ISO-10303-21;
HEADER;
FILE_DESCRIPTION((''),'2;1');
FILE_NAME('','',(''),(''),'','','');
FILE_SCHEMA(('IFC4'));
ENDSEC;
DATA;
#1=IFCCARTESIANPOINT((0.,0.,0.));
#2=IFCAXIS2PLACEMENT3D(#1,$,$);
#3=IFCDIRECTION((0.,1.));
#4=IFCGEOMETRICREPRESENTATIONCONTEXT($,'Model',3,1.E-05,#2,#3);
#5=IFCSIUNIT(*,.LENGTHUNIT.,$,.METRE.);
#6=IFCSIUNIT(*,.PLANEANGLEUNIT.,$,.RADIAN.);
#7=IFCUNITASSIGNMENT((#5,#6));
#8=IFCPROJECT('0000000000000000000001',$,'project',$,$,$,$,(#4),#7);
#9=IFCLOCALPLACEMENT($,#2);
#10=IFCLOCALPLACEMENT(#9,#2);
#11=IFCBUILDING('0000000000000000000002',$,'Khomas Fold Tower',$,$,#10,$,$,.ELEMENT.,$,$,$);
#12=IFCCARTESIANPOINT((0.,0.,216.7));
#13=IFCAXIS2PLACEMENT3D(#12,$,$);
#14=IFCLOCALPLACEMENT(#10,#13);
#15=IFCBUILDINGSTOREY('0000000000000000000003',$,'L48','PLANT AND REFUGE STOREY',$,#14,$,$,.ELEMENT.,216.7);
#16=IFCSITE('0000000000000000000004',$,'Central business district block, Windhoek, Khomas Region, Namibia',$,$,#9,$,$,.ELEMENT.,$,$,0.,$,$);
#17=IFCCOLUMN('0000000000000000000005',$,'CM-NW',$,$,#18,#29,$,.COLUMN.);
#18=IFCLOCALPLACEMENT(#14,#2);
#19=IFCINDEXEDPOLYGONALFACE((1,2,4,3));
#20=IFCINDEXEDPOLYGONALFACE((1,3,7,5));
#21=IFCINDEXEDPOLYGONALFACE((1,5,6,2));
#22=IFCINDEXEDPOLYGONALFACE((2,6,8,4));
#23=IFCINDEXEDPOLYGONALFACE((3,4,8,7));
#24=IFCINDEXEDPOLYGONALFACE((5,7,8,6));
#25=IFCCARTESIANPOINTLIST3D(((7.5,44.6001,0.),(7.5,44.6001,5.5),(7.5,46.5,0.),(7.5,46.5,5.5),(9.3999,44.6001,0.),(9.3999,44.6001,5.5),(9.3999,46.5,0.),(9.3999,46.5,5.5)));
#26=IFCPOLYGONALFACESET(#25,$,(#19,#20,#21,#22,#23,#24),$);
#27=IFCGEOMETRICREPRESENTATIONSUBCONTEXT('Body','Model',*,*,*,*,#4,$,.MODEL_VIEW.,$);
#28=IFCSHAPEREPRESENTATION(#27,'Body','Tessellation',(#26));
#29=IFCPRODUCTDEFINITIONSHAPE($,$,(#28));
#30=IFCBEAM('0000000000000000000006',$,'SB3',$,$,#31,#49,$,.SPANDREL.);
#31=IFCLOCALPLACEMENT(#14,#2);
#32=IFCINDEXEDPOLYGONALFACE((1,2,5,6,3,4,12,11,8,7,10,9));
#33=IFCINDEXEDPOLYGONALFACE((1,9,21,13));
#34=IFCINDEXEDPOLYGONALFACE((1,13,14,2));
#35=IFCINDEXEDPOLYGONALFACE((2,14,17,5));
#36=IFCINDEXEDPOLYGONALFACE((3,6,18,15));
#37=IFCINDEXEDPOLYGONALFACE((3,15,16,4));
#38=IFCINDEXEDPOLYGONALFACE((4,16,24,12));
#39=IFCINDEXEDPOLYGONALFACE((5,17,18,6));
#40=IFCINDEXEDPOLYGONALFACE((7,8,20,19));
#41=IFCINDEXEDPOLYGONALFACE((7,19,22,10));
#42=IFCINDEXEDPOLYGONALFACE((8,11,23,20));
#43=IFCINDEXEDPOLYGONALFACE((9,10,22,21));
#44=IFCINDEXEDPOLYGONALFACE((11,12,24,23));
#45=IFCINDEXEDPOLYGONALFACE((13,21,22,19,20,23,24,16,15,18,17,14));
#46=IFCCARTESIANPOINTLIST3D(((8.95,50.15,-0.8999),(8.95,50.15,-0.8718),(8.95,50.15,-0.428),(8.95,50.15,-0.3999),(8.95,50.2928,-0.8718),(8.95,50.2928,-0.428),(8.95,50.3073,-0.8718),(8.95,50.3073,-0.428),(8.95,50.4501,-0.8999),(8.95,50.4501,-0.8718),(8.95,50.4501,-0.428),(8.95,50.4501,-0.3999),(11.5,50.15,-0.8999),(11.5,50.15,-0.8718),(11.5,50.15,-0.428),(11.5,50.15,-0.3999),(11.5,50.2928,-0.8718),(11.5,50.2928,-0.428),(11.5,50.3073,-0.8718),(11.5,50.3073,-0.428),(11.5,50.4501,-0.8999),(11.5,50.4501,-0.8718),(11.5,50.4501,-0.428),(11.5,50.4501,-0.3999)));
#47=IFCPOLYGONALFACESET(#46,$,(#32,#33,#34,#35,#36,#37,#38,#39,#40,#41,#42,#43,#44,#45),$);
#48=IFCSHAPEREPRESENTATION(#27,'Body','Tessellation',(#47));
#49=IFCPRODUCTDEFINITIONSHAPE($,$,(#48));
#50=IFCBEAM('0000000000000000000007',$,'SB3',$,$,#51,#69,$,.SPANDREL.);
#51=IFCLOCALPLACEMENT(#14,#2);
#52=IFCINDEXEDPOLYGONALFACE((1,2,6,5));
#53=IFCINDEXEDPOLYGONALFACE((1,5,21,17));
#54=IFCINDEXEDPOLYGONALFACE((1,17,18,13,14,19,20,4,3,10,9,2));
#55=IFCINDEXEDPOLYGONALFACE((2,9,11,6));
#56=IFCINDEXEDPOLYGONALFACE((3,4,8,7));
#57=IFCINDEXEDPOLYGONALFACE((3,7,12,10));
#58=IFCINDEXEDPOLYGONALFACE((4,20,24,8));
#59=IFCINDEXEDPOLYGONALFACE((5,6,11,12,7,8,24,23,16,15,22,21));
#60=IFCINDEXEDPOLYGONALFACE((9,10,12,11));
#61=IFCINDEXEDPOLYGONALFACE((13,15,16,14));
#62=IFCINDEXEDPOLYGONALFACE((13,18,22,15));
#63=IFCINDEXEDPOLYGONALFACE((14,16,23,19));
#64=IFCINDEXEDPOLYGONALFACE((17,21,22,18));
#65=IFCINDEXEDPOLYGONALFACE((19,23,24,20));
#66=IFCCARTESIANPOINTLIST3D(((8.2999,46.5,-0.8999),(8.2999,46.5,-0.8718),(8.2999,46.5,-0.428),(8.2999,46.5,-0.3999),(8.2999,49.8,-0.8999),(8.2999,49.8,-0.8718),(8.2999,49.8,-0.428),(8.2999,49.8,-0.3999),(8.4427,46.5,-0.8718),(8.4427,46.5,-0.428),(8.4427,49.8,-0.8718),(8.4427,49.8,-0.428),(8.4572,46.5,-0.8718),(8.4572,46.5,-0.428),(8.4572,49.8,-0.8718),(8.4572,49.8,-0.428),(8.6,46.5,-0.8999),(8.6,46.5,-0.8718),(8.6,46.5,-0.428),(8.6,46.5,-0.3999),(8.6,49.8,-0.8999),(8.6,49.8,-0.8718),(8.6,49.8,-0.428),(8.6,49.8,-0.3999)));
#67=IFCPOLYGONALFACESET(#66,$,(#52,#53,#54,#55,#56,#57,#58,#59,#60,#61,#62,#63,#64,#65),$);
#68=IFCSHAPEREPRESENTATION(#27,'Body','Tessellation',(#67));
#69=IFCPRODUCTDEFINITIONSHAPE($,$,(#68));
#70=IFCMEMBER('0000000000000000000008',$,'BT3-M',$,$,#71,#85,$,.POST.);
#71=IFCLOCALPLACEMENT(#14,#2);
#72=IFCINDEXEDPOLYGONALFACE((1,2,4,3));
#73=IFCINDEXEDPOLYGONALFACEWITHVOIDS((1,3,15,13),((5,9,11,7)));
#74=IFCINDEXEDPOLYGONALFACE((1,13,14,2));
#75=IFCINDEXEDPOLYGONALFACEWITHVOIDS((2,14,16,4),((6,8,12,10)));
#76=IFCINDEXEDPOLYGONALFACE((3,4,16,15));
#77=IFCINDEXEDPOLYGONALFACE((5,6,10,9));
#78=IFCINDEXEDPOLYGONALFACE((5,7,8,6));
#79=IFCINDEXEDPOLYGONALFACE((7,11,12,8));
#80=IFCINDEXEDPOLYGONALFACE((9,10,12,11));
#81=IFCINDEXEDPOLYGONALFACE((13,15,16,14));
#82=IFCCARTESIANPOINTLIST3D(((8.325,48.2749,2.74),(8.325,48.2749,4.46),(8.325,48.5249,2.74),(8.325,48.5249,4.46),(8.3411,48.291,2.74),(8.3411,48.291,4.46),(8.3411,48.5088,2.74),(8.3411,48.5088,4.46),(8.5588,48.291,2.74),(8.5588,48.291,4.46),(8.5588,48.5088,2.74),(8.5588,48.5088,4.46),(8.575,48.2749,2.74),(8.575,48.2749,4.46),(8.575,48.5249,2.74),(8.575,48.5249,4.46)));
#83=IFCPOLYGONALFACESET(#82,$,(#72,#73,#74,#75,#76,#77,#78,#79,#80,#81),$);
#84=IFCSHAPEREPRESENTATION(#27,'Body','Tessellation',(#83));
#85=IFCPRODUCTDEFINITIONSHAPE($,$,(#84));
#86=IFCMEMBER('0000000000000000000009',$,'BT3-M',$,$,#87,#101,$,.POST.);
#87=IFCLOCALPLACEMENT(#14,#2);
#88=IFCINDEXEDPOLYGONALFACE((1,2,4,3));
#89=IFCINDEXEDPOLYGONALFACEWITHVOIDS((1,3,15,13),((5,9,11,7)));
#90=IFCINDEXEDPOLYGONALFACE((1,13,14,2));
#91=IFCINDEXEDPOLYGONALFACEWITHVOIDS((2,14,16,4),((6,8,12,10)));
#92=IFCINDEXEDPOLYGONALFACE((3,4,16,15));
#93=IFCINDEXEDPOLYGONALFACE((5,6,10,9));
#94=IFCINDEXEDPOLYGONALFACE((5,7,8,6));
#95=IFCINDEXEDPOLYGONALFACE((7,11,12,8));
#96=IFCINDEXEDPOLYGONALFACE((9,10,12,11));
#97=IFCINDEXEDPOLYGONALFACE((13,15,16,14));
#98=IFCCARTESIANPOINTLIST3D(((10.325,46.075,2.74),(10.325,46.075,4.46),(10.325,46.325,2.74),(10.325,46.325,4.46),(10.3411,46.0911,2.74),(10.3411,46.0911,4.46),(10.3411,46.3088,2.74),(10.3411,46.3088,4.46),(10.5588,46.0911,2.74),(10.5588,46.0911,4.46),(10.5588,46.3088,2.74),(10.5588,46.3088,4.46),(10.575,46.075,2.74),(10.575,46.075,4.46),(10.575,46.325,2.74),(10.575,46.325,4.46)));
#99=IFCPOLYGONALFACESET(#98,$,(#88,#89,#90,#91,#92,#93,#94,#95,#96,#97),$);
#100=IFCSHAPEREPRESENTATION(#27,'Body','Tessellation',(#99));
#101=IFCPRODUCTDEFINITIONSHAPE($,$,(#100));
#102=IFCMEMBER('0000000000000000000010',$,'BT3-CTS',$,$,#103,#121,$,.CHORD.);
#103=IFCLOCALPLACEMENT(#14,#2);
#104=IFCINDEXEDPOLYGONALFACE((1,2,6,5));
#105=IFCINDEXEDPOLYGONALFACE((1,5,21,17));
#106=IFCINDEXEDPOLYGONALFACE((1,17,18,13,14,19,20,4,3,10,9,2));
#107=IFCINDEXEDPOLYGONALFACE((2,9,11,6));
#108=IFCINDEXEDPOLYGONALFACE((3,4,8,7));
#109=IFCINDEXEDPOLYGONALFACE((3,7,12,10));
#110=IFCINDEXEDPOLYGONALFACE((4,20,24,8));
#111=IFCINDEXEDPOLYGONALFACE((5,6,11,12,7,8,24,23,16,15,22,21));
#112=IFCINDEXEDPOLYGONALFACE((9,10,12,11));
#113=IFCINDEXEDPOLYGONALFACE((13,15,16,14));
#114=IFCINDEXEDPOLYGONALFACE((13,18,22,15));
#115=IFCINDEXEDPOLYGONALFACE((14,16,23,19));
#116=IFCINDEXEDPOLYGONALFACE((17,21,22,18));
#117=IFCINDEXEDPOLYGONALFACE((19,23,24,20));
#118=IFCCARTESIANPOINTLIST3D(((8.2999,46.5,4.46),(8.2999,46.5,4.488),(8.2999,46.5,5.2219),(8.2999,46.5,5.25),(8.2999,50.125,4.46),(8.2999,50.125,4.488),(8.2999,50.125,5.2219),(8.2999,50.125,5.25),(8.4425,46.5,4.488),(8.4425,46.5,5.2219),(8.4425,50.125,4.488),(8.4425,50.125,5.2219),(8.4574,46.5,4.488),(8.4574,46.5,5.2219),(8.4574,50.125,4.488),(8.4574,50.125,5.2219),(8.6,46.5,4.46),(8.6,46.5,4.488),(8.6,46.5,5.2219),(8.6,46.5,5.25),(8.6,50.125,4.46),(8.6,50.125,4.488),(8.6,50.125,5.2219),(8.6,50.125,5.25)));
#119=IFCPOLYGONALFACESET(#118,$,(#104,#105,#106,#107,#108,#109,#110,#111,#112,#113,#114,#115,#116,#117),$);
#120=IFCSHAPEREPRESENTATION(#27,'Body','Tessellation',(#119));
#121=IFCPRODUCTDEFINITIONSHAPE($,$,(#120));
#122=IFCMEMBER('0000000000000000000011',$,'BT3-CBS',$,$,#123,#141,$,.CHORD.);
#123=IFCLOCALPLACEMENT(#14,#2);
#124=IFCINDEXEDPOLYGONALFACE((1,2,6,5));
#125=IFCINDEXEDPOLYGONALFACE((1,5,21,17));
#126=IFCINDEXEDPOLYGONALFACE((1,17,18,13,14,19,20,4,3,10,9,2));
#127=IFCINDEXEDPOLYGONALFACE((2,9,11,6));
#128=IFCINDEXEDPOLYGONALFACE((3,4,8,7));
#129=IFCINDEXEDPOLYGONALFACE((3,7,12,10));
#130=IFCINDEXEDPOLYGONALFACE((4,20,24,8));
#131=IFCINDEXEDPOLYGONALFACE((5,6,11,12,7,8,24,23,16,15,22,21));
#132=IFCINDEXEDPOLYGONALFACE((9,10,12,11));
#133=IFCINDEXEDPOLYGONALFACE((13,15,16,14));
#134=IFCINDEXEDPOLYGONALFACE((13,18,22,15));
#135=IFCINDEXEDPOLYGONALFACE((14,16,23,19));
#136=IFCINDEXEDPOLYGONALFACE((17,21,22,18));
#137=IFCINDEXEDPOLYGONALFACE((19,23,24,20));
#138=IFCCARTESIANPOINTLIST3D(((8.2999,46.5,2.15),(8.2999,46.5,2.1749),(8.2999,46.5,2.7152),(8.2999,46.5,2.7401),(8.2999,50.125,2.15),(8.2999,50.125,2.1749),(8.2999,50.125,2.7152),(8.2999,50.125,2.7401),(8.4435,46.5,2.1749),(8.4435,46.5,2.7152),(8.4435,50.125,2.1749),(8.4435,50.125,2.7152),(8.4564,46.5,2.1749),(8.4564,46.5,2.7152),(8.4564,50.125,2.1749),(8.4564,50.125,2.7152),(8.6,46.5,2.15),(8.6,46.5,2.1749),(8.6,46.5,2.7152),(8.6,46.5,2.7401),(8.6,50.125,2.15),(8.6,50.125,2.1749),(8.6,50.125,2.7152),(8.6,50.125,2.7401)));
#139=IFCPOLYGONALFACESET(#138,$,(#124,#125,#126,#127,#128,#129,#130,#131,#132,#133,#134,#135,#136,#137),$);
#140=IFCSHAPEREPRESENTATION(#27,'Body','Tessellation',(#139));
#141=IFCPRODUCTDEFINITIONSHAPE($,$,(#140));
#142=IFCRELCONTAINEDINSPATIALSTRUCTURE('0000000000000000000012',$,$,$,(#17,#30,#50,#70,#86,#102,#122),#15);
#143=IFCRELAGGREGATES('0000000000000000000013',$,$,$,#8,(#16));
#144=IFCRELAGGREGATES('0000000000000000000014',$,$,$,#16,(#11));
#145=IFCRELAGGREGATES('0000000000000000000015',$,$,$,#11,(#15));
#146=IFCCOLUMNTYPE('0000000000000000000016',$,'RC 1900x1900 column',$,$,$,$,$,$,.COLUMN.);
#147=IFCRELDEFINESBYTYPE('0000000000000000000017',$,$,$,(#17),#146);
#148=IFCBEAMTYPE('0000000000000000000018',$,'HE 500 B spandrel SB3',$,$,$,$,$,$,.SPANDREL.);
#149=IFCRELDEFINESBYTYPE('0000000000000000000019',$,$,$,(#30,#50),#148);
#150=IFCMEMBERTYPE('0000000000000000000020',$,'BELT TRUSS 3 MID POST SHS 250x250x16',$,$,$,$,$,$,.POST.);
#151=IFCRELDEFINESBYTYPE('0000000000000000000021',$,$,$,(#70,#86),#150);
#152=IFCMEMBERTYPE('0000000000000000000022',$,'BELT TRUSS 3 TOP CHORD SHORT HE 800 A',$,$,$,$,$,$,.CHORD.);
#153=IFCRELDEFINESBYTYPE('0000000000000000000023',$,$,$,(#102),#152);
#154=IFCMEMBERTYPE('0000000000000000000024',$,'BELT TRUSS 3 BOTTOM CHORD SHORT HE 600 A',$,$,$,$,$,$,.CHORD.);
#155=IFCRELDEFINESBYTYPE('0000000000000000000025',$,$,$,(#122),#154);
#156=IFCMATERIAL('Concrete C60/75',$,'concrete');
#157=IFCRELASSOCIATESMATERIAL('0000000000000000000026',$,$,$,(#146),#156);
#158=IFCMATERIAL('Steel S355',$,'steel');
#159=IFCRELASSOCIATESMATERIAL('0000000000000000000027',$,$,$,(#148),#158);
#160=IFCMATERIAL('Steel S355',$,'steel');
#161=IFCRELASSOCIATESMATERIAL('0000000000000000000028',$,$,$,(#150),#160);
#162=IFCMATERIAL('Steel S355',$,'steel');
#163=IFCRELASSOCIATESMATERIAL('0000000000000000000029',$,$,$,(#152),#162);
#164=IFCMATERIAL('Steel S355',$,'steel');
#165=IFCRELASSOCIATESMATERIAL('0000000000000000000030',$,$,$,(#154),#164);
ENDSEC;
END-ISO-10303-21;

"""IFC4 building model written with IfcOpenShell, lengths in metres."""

from ifc_helpers import new_model, si_unit, direction, frame, origin, origin_2d, place, context, subcontext, project, spatial, rectangle, hollow_rectangle, i_section, extrude, source, transform, mapped, material, material_profile, profile_set, type_object, element, save


model = new_model("IFC4")

# Units and contexts
model_context = context("Model", 3, precision=1e-05, world=origin(), true_north=direction((0.0, 1.0)))
body_context = subcontext(model_context, "Body", "Model", "MODEL_VIEW")
ifc_project = project(units=[si_unit("LENGTHUNIT", "METRE"), si_unit("PLANEANGLEUNIT", "RADIAN")], contexts=[model_context])

# Site, building, storey
site_placement = place(None, origin())
site = spatial("IfcSite", under=ifc_project, at=site_placement, Name="Central business district block, Windhoek, Khomas Region, Namibia", CompositionType="ELEMENT", RefElevation=0.0)
building_placement = place(site_placement, origin())
building = spatial("IfcBuilding", under=site, at=building_placement, Name="Khomas Fold Tower", CompositionType="ELEMENT")
storey_placement = place(building_placement, frame((0.0, 0.0, 216.7)))
storey = spatial("IfcBuildingStorey", under=building, at=storey_placement, Name="L48", Description="PLANT AND REFUGE STOREY", CompositionType="ELEMENT", Elevation=216.7)

# Column
ifc_material_1 = material(Name="Concrete C60/75", Category="concrete")
ifc_material_profile_1 = material_profile(ifc_material_1, rectangle(XDim=1.8999, YDim=1.8999, at=origin_2d()), Name="RC 1900x1900")
ifc_profile_set_1 = profile_set([ifc_material_profile_1], Name="Concrete C60/75")
column_type = type_object("IfcColumnType", Name="RC 1900x1900 column", PredefinedType="COLUMN", material=ifc_profile_set_1)
shared_shape_1 = source(origin(), body_context, "Body", "SweptSolid", [
    extrude(rectangle(XDim=1.8999, YDim=1.8999, at=origin_2d()), origin(), (0.0, 0.0, 1.0), 5.5),
])
column_placement = place(storey_placement, frame((8.45, 45.55, 0.0), z_axis=(0.0, 0.0, 1.0), x_axis=(1.0, 0.0, 0.0)))
element("IfcColumn", 1, at=column_placement, inside=storey, type_object=column_type, Name="CM-NW", PredefinedType="COLUMN", context=body_context, shape_type="MappedRepresentation", body=[
    mapped(shared_shape_1, transform((0.0, 0.0, 0.0))),
])

# Beams
ifc_material_2 = material(Name="Steel S355", Category="steel")
ifc_material_profile_2 = material_profile(ifc_material_2, i_section(OverallWidth=0.3, OverallDepth=0.5, WebThickness=0.0144, FlangeThickness=0.0281, at=origin_2d()), Name="HE 500 B")
ifc_profile_set_2 = profile_set([ifc_material_profile_2], Name="Steel S355")
beam_type_1 = type_object("IfcBeamType", Name="HE 500 B spandrel SB3", PredefinedType="SPANDREL", material=ifc_profile_set_2)
shared_shape_2 = source(origin(), body_context, "Body", "SweptSolid", [
    extrude(i_section(OverallWidth=0.3, OverallDepth=0.5, WebThickness=0.0144, FlangeThickness=0.0281, at=origin_2d()), origin(), (0.0, 0.0, 1.0), 2.55),
])
beam_1_placement = place(storey_placement, frame((8.95, 50.3, -0.6499), z_axis=(1.0, 0.0, 0.0), x_axis=(0.0, 1.0, 0.0)))
element("IfcBeam", 2, at=beam_1_placement, inside=storey, type_object=beam_type_1, Name="SB3", PredefinedType="SPANDREL", context=body_context, shape_type="MappedRepresentation", body=[
    mapped(shared_shape_2, transform((0.0, 0.0, 0.0))),
])
shared_shape_3 = source(origin(), body_context, "Body", "SweptSolid", [
    extrude(i_section(OverallWidth=0.3, OverallDepth=0.5, WebThickness=0.0144, FlangeThickness=0.0281, at=origin_2d()), origin(), (0.0, 0.0, 1.0), 3.3),
])
beam_2_placement = place(storey_placement, frame((8.45, 46.5, -0.6499), z_axis=(0.0, 1.0, 0.0), x_axis=(-1.0, 0.0, 0.0)))
element("IfcBeam", 3, at=beam_2_placement, inside=storey, type_object=beam_type_1, Name="SB3", PredefinedType="SPANDREL", context=body_context, shape_type="MappedRepresentation", body=[
    mapped(shared_shape_3, transform((0.0, 0.0, 0.0))),
])

# Members
ifc_material_3 = material(Name="Steel S355", Category="steel")
ifc_material_profile_3 = material_profile(ifc_material_3, hollow_rectangle(XDim=0.25, YDim=0.25, WallThickness=0.0161, at=origin_2d()), Name="SHS 250x250x16")
ifc_profile_set_3 = profile_set([ifc_material_profile_3], Name="Steel S355")
member_type_1 = type_object("IfcMemberType", Name="BELT TRUSS 3 MID POST SHS 250x250x16", PredefinedType="POST", material=ifc_profile_set_3)
shared_shape_4 = source(origin(), body_context, "Body", "SweptSolid", [
    extrude(hollow_rectangle(XDim=0.25, YDim=0.25, WallThickness=0.0161, at=origin_2d()), origin(), (0.0, 0.0, 1.0), 1.72),
])
for number, where, z_axis, x_axis, name in (
    (4, (8.45, 48.3999, 2.74), (0.0, 0.0, 1.0), (1.0, 0.0, 0.0), "BT3-M"),
    (5, (10.45, 46.2, 2.74), (0.0, 0.0, 1.0), (1.0, 0.0, 0.0), "BT3-M"),
):
    element("IfcMember", number, at=place(storey_placement, frame(where, z_axis=z_axis, x_axis=x_axis)), inside=storey, type_object=member_type_1, Name=name, PredefinedType="POST", context=body_context, shape_type="MappedRepresentation", body=[
        mapped(shared_shape_4, transform((0.0, 0.0, 0.0))),
    ])
ifc_material_4 = material(Name="Steel S355", Category="steel")
ifc_material_profile_4 = material_profile(ifc_material_4, i_section(OverallWidth=0.3, OverallDepth=0.79, WebThickness=0.0149, FlangeThickness=0.0281, at=origin_2d()), Name="HE 800 A")
ifc_profile_set_4 = profile_set([ifc_material_profile_4], Name="Steel S355")
member_type_2 = type_object("IfcMemberType", Name="BELT TRUSS 3 TOP CHORD SHORT HE 800 A", PredefinedType="CHORD", material=ifc_profile_set_4)
shared_shape_5 = source(origin(), body_context, "Body", "SweptSolid", [
    extrude(i_section(OverallWidth=0.3, OverallDepth=0.79, WebThickness=0.0149, FlangeThickness=0.0281, at=origin_2d()), origin(), (0.0, 0.0, 1.0), 3.625),
])
member_1_placement = place(storey_placement, frame((8.45, 50.125, 4.855), z_axis=(0.0, -1.0, 0.0), x_axis=(1.0, 0.0, 0.0)))
element("IfcMember", 6, at=member_1_placement, inside=storey, type_object=member_type_2, Name="BT3-CTS", PredefinedType="CHORD", context=body_context, shape_type="MappedRepresentation", body=[
    mapped(shared_shape_5, transform((0.0, 0.0, 0.0))),
])
ifc_material_5 = material(Name="Steel S355", Category="steel")
ifc_material_profile_5 = material_profile(ifc_material_5, i_section(OverallWidth=0.3, OverallDepth=0.5901, WebThickness=0.0129, FlangeThickness=0.0249, at=origin_2d()), Name="HE 600 A")
ifc_profile_set_5 = profile_set([ifc_material_profile_5], Name="Steel S355")
member_type_3 = type_object("IfcMemberType", Name="BELT TRUSS 3 BOTTOM CHORD SHORT HE 600 A", PredefinedType="CHORD", material=ifc_profile_set_5)
shared_shape_6 = source(origin(), body_context, "Body", "SweptSolid", [
    extrude(i_section(OverallWidth=0.3, OverallDepth=0.5901, WebThickness=0.0129, FlangeThickness=0.0249, at=origin_2d()), origin(), (0.0, 0.0, 1.0), 3.625),
])
member_2_placement = place(storey_placement, frame((8.45, 50.125, 2.4451), z_axis=(0.0, -1.0, 0.0), x_axis=(1.0, 0.0, 0.0)))
element("IfcMember", 7, at=member_2_placement, inside=storey, type_object=member_type_3, Name="BT3-CBS", PredefinedType="CHORD", context=body_context, shape_type="MappedRepresentation", body=[
    mapped(shared_shape_6, transform((0.0, 0.0, 0.0))),
])

save(model, "model.ifc")
